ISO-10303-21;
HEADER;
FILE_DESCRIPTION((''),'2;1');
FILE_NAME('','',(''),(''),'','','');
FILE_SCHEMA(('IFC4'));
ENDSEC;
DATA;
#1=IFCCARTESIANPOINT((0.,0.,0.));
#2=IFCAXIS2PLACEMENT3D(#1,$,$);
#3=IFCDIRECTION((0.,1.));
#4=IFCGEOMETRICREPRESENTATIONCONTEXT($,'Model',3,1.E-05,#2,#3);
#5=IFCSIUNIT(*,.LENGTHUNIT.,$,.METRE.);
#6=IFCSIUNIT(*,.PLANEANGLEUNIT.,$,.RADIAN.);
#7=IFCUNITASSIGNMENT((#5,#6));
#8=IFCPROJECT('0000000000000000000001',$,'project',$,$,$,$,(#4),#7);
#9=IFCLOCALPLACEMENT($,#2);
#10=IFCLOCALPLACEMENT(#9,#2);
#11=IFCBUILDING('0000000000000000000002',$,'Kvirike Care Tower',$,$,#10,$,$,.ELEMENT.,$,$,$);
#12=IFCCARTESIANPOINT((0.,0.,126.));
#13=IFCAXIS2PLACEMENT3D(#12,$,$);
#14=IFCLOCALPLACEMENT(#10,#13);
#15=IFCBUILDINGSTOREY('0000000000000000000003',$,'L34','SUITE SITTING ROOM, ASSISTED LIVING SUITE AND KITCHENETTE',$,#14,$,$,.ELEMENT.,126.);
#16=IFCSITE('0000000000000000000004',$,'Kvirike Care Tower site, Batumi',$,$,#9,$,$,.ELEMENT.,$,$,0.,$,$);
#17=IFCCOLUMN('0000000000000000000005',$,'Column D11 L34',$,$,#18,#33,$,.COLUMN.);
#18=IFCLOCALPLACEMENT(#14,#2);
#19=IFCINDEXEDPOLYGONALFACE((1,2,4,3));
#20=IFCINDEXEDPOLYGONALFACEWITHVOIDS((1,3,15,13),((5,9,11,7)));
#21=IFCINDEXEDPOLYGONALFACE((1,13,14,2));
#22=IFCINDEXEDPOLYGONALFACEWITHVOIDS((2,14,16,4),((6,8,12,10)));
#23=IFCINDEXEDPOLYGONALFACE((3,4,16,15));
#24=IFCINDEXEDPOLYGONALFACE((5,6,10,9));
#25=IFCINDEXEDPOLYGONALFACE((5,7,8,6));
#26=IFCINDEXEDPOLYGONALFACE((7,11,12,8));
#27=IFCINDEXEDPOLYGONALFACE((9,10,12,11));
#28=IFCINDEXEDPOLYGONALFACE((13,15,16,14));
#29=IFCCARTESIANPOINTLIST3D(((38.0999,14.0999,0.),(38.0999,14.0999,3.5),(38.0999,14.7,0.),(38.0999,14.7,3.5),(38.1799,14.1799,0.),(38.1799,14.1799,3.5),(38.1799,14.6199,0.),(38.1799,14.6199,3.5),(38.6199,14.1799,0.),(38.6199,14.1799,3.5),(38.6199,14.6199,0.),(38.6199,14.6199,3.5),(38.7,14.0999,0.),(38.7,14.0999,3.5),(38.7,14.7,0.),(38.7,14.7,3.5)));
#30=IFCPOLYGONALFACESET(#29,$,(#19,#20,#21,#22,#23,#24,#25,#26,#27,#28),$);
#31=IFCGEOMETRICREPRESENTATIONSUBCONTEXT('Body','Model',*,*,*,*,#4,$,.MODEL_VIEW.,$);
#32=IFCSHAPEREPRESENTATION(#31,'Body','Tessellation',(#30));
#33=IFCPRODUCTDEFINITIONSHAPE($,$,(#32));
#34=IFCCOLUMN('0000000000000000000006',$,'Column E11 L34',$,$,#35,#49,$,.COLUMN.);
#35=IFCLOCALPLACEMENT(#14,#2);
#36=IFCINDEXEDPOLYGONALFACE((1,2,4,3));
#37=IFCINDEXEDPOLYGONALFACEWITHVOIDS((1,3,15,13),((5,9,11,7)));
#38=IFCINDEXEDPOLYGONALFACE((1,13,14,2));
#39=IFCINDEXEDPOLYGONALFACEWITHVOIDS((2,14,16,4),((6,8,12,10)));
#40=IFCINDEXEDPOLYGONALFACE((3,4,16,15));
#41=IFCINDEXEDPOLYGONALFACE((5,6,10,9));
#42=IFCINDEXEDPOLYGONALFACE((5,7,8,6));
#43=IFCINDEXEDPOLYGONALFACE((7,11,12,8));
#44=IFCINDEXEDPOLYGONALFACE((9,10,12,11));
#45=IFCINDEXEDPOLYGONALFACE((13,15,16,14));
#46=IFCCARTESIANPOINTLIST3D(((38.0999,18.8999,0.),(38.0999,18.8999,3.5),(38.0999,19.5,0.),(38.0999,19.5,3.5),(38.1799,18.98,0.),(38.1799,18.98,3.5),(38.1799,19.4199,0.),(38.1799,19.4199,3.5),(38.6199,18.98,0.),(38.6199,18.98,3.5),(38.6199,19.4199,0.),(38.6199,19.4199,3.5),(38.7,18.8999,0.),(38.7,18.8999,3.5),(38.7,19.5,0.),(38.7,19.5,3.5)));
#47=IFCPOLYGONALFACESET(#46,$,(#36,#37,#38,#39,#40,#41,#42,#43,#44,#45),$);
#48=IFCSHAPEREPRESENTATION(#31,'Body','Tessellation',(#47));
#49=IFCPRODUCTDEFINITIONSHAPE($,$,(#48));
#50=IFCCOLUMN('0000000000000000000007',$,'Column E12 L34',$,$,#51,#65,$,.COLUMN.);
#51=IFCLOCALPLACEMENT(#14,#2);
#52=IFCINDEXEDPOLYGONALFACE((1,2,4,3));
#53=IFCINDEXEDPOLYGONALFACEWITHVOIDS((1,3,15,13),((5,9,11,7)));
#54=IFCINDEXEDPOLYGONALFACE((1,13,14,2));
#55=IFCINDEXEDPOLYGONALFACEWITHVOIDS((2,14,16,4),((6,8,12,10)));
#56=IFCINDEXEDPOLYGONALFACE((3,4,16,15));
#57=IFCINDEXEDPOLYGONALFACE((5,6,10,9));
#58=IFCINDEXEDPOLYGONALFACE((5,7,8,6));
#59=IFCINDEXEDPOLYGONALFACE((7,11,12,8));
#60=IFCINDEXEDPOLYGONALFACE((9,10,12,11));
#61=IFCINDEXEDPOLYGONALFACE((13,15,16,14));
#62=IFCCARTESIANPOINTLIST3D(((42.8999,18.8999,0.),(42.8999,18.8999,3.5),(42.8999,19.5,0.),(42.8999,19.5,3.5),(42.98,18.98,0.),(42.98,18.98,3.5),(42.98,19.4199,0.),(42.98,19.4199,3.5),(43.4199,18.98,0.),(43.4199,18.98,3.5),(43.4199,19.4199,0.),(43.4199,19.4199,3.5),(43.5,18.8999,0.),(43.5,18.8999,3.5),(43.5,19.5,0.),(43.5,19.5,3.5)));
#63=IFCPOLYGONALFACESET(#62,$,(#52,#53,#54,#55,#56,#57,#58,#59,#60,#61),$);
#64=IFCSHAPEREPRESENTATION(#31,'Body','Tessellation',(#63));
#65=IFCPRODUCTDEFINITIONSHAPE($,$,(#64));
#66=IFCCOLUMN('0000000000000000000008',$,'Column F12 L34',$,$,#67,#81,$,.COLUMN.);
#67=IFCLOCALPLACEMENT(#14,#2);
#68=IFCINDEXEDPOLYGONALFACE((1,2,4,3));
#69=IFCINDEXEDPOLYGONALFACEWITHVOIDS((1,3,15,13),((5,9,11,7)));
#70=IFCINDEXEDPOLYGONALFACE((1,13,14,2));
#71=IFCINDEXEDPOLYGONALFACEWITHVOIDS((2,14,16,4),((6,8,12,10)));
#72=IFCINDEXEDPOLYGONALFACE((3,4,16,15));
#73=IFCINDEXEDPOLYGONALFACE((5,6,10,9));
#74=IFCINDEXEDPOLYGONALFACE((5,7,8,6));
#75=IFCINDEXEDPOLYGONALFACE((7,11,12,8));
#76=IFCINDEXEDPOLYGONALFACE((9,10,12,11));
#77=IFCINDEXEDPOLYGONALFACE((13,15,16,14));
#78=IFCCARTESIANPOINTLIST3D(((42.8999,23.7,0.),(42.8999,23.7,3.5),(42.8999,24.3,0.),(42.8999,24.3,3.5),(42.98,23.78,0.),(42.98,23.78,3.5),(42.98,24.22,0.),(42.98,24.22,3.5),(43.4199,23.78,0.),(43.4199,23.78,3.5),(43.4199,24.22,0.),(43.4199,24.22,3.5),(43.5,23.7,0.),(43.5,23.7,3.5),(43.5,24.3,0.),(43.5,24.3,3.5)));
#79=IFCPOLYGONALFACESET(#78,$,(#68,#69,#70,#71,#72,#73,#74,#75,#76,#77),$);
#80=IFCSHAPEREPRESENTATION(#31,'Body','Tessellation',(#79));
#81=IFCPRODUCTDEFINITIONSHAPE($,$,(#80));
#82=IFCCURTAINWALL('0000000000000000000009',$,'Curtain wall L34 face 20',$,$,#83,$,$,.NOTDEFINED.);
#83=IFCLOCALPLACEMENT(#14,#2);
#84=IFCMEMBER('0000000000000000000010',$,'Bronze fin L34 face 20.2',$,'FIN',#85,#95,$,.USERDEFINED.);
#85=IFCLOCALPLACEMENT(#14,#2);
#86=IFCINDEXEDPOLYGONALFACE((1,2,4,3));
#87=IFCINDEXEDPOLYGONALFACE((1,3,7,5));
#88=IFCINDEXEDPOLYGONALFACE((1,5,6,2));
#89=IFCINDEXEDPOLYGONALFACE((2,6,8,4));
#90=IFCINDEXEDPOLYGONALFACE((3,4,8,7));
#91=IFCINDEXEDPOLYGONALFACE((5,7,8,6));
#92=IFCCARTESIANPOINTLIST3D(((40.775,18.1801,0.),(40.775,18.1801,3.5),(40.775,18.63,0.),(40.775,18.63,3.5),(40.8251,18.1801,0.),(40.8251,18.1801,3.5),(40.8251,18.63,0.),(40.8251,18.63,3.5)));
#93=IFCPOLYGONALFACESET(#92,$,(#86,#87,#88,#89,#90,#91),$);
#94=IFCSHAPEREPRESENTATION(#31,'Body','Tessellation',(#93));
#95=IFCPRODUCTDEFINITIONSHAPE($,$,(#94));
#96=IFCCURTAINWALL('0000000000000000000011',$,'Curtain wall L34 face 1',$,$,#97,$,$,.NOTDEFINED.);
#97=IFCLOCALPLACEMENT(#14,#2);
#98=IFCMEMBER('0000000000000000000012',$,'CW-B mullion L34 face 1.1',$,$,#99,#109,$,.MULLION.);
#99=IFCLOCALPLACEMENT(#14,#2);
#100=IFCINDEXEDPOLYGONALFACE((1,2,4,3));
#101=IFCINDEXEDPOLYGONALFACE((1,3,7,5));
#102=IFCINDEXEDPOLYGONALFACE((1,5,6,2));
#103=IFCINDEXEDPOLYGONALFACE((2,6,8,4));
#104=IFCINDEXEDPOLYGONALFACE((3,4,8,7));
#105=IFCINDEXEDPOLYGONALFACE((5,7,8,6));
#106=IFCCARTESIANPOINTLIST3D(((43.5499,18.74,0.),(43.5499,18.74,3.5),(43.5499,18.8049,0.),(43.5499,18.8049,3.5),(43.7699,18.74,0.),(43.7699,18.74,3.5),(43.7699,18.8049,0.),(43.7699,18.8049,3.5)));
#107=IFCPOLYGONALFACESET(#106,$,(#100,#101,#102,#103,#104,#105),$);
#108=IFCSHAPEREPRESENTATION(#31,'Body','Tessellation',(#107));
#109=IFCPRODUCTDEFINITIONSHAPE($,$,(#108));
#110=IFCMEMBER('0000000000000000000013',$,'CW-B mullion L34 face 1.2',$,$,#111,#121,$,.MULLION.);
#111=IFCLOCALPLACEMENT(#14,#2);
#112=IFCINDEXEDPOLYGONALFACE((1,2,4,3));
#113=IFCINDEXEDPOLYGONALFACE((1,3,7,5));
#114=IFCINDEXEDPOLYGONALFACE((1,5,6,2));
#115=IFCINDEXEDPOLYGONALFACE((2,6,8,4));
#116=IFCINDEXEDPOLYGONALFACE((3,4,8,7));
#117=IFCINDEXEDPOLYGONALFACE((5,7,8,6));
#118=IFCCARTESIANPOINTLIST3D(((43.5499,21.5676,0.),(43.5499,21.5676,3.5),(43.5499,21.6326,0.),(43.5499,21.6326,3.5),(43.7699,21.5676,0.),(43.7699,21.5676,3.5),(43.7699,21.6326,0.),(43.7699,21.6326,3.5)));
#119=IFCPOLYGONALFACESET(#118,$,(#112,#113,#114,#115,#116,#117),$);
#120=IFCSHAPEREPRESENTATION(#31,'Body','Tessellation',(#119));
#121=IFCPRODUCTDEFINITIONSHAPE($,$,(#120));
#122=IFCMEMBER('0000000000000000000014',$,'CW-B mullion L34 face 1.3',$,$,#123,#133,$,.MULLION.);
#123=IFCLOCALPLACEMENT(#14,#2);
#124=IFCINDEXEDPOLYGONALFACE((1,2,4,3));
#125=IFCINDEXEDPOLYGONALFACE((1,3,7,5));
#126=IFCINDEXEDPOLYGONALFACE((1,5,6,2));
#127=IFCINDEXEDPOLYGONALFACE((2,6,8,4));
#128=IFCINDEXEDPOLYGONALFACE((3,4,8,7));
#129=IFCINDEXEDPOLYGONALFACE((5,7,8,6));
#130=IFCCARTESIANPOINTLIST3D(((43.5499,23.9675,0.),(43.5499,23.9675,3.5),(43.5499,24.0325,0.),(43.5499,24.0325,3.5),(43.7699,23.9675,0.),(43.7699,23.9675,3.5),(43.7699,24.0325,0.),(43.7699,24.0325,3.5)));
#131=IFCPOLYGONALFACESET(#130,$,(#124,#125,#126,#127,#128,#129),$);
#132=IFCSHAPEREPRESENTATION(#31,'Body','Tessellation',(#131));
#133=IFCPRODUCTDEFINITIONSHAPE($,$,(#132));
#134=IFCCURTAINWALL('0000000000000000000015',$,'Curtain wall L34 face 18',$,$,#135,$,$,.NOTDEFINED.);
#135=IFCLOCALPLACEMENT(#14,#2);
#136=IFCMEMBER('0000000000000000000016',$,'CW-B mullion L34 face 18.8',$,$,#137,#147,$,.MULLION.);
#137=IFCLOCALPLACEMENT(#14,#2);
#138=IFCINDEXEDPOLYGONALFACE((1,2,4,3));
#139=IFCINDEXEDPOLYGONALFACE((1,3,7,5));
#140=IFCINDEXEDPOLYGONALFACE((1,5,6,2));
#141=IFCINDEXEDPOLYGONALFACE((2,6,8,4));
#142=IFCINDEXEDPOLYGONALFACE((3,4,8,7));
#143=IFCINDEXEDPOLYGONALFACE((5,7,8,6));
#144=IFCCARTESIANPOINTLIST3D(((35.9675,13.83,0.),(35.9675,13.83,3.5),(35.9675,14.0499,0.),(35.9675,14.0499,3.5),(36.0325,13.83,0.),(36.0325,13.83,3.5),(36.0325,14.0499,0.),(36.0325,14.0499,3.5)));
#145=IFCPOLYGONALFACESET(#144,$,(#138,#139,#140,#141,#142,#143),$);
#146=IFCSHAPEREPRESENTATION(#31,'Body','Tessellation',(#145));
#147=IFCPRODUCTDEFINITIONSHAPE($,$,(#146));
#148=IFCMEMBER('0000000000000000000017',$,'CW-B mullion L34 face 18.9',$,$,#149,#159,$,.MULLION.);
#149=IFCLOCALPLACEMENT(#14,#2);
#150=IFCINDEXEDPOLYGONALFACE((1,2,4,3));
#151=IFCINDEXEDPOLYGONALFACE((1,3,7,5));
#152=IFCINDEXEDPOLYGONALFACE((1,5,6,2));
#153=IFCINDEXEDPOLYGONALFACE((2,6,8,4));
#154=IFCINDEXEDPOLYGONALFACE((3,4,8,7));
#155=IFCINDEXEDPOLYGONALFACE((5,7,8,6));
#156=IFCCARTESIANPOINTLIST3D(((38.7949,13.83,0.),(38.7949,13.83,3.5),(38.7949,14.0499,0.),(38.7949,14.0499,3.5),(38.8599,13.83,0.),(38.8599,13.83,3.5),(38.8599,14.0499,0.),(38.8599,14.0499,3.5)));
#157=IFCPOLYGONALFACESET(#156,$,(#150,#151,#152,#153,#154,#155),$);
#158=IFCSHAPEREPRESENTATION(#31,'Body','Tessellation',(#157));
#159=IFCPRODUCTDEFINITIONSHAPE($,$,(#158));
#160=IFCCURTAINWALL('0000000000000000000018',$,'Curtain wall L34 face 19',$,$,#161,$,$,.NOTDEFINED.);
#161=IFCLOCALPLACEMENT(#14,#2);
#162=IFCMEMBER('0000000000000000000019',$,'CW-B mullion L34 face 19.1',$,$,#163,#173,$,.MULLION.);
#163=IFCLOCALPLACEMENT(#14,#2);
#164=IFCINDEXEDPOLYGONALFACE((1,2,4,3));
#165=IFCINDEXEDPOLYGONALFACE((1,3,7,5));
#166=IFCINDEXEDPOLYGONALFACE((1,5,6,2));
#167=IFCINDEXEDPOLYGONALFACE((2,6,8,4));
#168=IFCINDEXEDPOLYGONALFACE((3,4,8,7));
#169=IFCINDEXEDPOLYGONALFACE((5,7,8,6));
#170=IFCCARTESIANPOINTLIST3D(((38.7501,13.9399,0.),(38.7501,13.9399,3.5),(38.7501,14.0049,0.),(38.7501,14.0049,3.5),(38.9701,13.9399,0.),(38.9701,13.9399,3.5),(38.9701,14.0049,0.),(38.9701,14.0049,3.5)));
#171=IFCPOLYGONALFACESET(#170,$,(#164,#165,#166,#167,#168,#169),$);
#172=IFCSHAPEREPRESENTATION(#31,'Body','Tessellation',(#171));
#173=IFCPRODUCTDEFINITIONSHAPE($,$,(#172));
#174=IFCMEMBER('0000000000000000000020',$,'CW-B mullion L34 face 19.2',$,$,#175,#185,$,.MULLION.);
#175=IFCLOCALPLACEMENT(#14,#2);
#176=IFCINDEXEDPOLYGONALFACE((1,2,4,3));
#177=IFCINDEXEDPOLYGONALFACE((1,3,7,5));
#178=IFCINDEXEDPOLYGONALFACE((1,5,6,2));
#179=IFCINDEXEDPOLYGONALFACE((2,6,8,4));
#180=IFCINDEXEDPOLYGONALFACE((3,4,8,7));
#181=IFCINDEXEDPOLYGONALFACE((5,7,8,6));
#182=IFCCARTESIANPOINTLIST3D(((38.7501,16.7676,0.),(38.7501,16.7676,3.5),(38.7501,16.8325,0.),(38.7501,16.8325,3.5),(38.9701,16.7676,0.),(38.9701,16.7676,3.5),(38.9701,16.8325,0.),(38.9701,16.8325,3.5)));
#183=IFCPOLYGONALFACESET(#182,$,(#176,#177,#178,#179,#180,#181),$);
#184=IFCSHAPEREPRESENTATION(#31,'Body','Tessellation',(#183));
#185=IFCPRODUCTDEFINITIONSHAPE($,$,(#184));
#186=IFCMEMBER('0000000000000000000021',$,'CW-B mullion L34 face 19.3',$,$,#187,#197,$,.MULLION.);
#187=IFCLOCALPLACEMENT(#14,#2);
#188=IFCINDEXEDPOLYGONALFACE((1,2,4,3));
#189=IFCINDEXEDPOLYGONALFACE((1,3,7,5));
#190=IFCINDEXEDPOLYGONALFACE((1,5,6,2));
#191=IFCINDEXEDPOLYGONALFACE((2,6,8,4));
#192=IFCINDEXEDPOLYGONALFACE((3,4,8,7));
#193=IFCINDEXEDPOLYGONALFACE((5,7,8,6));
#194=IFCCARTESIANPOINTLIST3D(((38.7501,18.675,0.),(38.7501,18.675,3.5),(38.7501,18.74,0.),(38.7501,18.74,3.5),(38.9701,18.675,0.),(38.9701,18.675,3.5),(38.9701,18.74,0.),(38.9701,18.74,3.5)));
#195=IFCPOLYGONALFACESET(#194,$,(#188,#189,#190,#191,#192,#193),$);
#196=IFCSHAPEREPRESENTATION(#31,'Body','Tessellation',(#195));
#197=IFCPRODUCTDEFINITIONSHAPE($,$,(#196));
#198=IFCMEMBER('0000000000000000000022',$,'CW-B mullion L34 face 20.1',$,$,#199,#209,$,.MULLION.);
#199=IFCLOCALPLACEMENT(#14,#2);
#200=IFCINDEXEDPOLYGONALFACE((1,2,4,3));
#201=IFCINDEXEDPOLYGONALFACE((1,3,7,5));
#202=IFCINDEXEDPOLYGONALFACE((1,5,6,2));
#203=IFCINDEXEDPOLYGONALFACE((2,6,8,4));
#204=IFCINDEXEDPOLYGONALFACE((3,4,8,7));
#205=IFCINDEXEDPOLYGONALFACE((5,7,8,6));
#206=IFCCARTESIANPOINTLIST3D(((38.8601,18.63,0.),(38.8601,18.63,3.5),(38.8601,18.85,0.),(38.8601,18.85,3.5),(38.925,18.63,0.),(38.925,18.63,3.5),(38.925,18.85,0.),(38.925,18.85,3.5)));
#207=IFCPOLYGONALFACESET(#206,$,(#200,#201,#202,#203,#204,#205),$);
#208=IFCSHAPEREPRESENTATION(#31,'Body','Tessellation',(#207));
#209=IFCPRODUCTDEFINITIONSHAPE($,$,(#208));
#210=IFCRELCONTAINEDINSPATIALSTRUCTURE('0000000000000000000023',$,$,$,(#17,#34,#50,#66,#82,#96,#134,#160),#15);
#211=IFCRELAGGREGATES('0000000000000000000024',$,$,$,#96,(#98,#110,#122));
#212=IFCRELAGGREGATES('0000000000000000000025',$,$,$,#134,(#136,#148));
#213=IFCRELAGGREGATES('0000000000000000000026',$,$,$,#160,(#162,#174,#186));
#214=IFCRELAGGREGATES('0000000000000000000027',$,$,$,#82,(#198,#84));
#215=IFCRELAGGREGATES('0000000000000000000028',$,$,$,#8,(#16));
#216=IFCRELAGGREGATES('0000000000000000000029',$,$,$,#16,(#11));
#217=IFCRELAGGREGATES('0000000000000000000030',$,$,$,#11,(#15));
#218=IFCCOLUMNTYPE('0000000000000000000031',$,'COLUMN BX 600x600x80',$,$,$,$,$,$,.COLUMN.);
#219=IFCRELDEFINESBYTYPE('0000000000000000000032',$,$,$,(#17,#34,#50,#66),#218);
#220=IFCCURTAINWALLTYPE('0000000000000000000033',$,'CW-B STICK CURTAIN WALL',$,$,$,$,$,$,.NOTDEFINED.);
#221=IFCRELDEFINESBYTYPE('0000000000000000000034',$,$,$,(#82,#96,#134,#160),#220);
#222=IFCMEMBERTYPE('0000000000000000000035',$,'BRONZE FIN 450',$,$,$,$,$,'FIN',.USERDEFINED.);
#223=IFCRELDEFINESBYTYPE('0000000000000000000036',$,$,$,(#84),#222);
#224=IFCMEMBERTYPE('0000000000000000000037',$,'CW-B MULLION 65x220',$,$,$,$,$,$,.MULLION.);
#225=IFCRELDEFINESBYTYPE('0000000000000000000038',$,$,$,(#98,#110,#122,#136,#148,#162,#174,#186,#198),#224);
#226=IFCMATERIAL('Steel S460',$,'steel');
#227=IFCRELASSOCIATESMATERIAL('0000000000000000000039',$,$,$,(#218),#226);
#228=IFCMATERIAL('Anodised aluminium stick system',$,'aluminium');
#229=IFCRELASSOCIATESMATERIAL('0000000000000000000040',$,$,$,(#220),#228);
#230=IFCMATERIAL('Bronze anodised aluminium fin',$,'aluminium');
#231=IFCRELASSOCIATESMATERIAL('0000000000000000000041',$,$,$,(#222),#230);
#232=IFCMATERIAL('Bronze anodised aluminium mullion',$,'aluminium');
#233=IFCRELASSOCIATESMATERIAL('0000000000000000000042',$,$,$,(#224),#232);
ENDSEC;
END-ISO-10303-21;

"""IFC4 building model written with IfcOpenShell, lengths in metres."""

from ifc_helpers import new_model, si_unit, direction, frame, origin, origin_2d, place, context, subcontext, project, spatial, rectangle, hollow_rectangle, extrude, material, material_profile, profile_set, type_object, element, aggregate, save


model = new_model("IFC4")

# Units and contexts
model_context = context("Model", 3, precision=1e-05, world=origin(), true_north=direction((0.0, 1.0)))
body_context = subcontext(model_context, "Body", "Model", "MODEL_VIEW")
ifc_project = project(units=[si_unit("LENGTHUNIT", "METRE"), si_unit("PLANEANGLEUNIT", "RADIAN")], contexts=[model_context])

# Site, building, storey
site_placement = place(None, origin())
site = spatial("IfcSite", under=ifc_project, at=site_placement, Name="Kvirike Care Tower site, Batumi", CompositionType="ELEMENT", RefElevation=0.0)
building_placement = place(site_placement, origin())
building = spatial("IfcBuilding", under=site, at=building_placement, Name="Kvirike Care Tower", CompositionType="ELEMENT")
storey_placement = place(building_placement, frame((0.0, 0.0, 126.0)))
storey = spatial("IfcBuildingStorey", under=building, at=storey_placement, Name="L34", Description="SUITE SITTING ROOM, ASSISTED LIVING SUITE AND KITCHENETTE", CompositionType="ELEMENT", Elevation=126.0)

# Columns
ifc_material_1 = material(Name="Steel S460", Category="steel")
ifc_material_profile_1 = material_profile(ifc_material_1, hollow_rectangle(XDim=0.6001, YDim=0.6001, WallThickness=0.0801, at=origin_2d()), Name="BX 600x600x80")
ifc_profile_set_1 = profile_set([ifc_material_profile_1], Name="Steel S460")
column_type = type_object("IfcColumnType", Name="COLUMN BX 600x600x80", PredefinedType="COLUMN", material=ifc_profile_set_1)
for number, where, z_axis, x_axis, name in (
    (1, (38.3999, 14.3999, 0.0), (0.0, 0.0, 1.0), (0.0, 1.0, 0.0), "Column D11 L34"),
    (2, (38.3999, 19.2, 0.0), (0.0, 0.0, 1.0), (0.0, 1.0, 0.0), "Column E11 L34"),
    (3, (43.2, 19.2, 0.0), (0.0, 0.0, 1.0), (0.0, 1.0, 0.0), "Column E12 L34"),
    (4, (43.2, 24.0, 0.0), (0.0, 0.0, 1.0), (1.0, 0.0, 0.0), "Column F12 L34"),
):
    element("IfcColumn", number, at=place(storey_placement, frame(where, z_axis=z_axis, x_axis=x_axis)), inside=storey, type_object=column_type, Name=name, PredefinedType="COLUMN", context=body_context, shape_type="SweptSolid", body=[
        extrude(hollow_rectangle(XDim=0.6001, YDim=0.6001, WallThickness=0.0801, at=origin_2d()), origin(), (0.0, 0.0, 1.0), 3.5),
    ])

# Curtain wall, member
ifc_material_2 = material(Name="Anodised aluminium stick system", Category="aluminium")
curtain_wall_type = type_object("IfcCurtainWallType", Name="CW-B STICK CURTAIN WALL", PredefinedType="NOTDEFINED", material=ifc_material_2)
curtain_wall_1_placement = place(storey_placement, origin())
curtain_wall_1 = element("IfcCurtainWall", 5, at=curtain_wall_1_placement, inside=storey, type_object=curtain_wall_type, Name="Curtain wall L34 face 20", PredefinedType="NOTDEFINED")
ifc_material_3 = material(Name="Bronze anodised aluminium fin", Category="aluminium")
ifc_material_profile_2 = material_profile(ifc_material_3, rectangle(XDim=0.05, YDim=0.45, at=origin_2d()), Name="BRONZE FIN 450")
ifc_profile_set_2 = profile_set([ifc_material_profile_2], Name="Bronze anodised aluminium fin")
member_type_1 = type_object("IfcMemberType", Name="BRONZE FIN 450", ElementType="FIN", PredefinedType="USERDEFINED", material=ifc_profile_set_2)
member_1_placement = place(storey_placement, frame((40.8, 18.405, 0.0), z_axis=(0.0, 0.0, 1.0), x_axis=(1.0, 0.0, 0.0)))
member_1 = element("IfcMember", 6, at=member_1_placement, type_object=member_type_1, Name="Bronze fin L34 face 20.2", ObjectType="FIN", PredefinedType="USERDEFINED", context=body_context, shape_type="SweptSolid", body=[
    extrude(rectangle(XDim=0.05, YDim=0.45, at=origin_2d()), origin(), (0.0, 0.0, 1.0), 3.5),
])

# Curtain walls, members
curtain_wall_2_placement = place(storey_placement, origin())
curtain_wall_2 = element("IfcCurtainWall", 7, at=curtain_wall_2_placement, inside=storey, type_object=curtain_wall_type, Name="Curtain wall L34 face 1", PredefinedType="NOTDEFINED")
ifc_material_4 = material(Name="Bronze anodised aluminium mullion", Category="aluminium")
ifc_material_profile_3 = material_profile(ifc_material_4, rectangle(XDim=0.0649, YDim=0.22, at=origin_2d()), Name="CW-B MULLION 65x220")
ifc_profile_set_3 = profile_set([ifc_material_profile_3], Name="Bronze anodised aluminium mullion")
member_type_2 = type_object("IfcMemberType", Name="CW-B MULLION 65x220", PredefinedType="MULLION", material=ifc_profile_set_3)
member_2_placement = place(storey_placement, frame((43.6599, 18.7725, 0.0), z_axis=(0.0, 0.0, 1.0), x_axis=(0.0, 1.0, 0.0)))
member_2 = element("IfcMember", 8, at=member_2_placement, type_object=member_type_2, Name="CW-B mullion L34 face 1.1", PredefinedType="MULLION", context=body_context, shape_type="SweptSolid", body=[
    extrude(rectangle(XDim=0.0649, YDim=0.22, at=origin_2d()), origin(), (0.0, 0.0, 1.0), 3.5),
])
member_3_placement = place(storey_placement, frame((43.6599, 21.6001, 0.0), z_axis=(0.0, 0.0, 1.0), x_axis=(0.0, 1.0, 0.0)))
member_3 = element("IfcMember", 9, at=member_3_placement, type_object=member_type_2, Name="CW-B mullion L34 face 1.2", PredefinedType="MULLION", context=body_context, shape_type="SweptSolid", body=[
    extrude(rectangle(XDim=0.0649, YDim=0.22, at=origin_2d()), origin(), (0.0, 0.0, 1.0), 3.5),
])
member_4_placement = place(storey_placement, frame((43.6599, 24.0, 0.0), z_axis=(0.0, 0.0, 1.0), x_axis=(0.0, 1.0, 0.0)))
member_4 = element("IfcMember", 10, at=member_4_placement, type_object=member_type_2, Name="CW-B mullion L34 face 1.3", PredefinedType="MULLION", context=body_context, shape_type="SweptSolid", body=[
    extrude(rectangle(XDim=0.0649, YDim=0.22, at=origin_2d()), origin(), (0.0, 0.0, 1.0), 3.5),
])
curtain_wall_3_placement = place(storey_placement, origin())
curtain_wall_3 = element("IfcCurtainWall", 11, at=curtain_wall_3_placement, inside=storey, type_object=curtain_wall_type, Name="Curtain wall L34 face 18", PredefinedType="NOTDEFINED")
member_5_placement = place(storey_placement, frame((36.0, 13.9399, 0.0), z_axis=(0.0, 0.0, 1.0), x_axis=(1.0, 0.0, 0.0)))
member_5 = element("IfcMember", 12, at=member_5_placement, type_object=member_type_2, Name="CW-B mullion L34 face 18.8", PredefinedType="MULLION", context=body_context, shape_type="SweptSolid", body=[
    extrude(rectangle(XDim=0.0649, YDim=0.22, at=origin_2d()), origin(), (0.0, 0.0, 1.0), 3.5),
])
member_6_placement = place(storey_placement, frame((38.8274, 13.9399, 0.0), z_axis=(0.0, 0.0, 1.0), x_axis=(1.0, 0.0, 0.0)))
member_6 = element("IfcMember", 13, at=member_6_placement, type_object=member_type_2, Name="CW-B mullion L34 face 18.9", PredefinedType="MULLION", context=body_context, shape_type="SweptSolid", body=[
    extrude(rectangle(XDim=0.0649, YDim=0.22, at=origin_2d()), origin(), (0.0, 0.0, 1.0), 3.5),
])
curtain_wall_4_placement = place(storey_placement, origin())
curtain_wall_4 = element("IfcCurtainWall", 14, at=curtain_wall_4_placement, inside=storey, type_object=curtain_wall_type, Name="Curtain wall L34 face 19", PredefinedType="NOTDEFINED")
member_7_placement = place(storey_placement, frame((38.8601, 13.9724, 0.0), z_axis=(0.0, 0.0, 1.0), x_axis=(0.0, 1.0, 0.0)))
member_7 = element("IfcMember", 15, at=member_7_placement, type_object=member_type_2, Name="CW-B mullion L34 face 19.1", PredefinedType="MULLION", context=body_context, shape_type="SweptSolid", body=[
    extrude(rectangle(XDim=0.0649, YDim=0.22, at=origin_2d()), origin(), (0.0, 0.0, 1.0), 3.5),
])
member_8_placement = place(storey_placement, frame((38.8601, 16.8, 0.0), z_axis=(0.0, 0.0, 1.0), x_axis=(0.0, 1.0, 0.0)))
member_8 = element("IfcMember", 16, at=member_8_placement, type_object=member_type_2, Name="CW-B mullion L34 face 19.2", PredefinedType="MULLION", context=body_context, shape_type="SweptSolid", body=[
    extrude(rectangle(XDim=0.0649, YDim=0.22, at=origin_2d()), origin(), (0.0, 0.0, 1.0), 3.5),
])
member_9_placement = place(storey_placement, frame((38.8601, 18.7075, 0.0), z_axis=(0.0, 0.0, 1.0), x_axis=(0.0, 1.0, 0.0)))
member_9 = element("IfcMember", 17, at=member_9_placement, type_object=member_type_2, Name="CW-B mullion L34 face 19.3", PredefinedType="MULLION", context=body_context, shape_type="SweptSolid", body=[
    extrude(rectangle(XDim=0.0649, YDim=0.22, at=origin_2d()), origin(), (0.0, 0.0, 1.0), 3.5),
])

# Member
member_10_placement = place(storey_placement, frame((38.8926, 18.74, 0.0), z_axis=(0.0, 0.0, 1.0), x_axis=(1.0, 0.0, 0.0)))
member_10 = element("IfcMember", 18, at=member_10_placement, type_object=member_type_2, Name="CW-B mullion L34 face 20.1", PredefinedType="MULLION", context=body_context, shape_type="SweptSolid", body=[
    extrude(rectangle(XDim=0.0649, YDim=0.22, at=origin_2d()), origin(), (0.0, 0.0, 1.0), 3.5),
])

aggregate(curtain_wall_2, [member_2, member_3, member_4])
aggregate(curtain_wall_3, [member_5, member_6])
aggregate(curtain_wall_4, [member_7, member_8, member_9])
aggregate(curtain_wall_1, [member_10, member_1])

save(model, "model.ifc")
